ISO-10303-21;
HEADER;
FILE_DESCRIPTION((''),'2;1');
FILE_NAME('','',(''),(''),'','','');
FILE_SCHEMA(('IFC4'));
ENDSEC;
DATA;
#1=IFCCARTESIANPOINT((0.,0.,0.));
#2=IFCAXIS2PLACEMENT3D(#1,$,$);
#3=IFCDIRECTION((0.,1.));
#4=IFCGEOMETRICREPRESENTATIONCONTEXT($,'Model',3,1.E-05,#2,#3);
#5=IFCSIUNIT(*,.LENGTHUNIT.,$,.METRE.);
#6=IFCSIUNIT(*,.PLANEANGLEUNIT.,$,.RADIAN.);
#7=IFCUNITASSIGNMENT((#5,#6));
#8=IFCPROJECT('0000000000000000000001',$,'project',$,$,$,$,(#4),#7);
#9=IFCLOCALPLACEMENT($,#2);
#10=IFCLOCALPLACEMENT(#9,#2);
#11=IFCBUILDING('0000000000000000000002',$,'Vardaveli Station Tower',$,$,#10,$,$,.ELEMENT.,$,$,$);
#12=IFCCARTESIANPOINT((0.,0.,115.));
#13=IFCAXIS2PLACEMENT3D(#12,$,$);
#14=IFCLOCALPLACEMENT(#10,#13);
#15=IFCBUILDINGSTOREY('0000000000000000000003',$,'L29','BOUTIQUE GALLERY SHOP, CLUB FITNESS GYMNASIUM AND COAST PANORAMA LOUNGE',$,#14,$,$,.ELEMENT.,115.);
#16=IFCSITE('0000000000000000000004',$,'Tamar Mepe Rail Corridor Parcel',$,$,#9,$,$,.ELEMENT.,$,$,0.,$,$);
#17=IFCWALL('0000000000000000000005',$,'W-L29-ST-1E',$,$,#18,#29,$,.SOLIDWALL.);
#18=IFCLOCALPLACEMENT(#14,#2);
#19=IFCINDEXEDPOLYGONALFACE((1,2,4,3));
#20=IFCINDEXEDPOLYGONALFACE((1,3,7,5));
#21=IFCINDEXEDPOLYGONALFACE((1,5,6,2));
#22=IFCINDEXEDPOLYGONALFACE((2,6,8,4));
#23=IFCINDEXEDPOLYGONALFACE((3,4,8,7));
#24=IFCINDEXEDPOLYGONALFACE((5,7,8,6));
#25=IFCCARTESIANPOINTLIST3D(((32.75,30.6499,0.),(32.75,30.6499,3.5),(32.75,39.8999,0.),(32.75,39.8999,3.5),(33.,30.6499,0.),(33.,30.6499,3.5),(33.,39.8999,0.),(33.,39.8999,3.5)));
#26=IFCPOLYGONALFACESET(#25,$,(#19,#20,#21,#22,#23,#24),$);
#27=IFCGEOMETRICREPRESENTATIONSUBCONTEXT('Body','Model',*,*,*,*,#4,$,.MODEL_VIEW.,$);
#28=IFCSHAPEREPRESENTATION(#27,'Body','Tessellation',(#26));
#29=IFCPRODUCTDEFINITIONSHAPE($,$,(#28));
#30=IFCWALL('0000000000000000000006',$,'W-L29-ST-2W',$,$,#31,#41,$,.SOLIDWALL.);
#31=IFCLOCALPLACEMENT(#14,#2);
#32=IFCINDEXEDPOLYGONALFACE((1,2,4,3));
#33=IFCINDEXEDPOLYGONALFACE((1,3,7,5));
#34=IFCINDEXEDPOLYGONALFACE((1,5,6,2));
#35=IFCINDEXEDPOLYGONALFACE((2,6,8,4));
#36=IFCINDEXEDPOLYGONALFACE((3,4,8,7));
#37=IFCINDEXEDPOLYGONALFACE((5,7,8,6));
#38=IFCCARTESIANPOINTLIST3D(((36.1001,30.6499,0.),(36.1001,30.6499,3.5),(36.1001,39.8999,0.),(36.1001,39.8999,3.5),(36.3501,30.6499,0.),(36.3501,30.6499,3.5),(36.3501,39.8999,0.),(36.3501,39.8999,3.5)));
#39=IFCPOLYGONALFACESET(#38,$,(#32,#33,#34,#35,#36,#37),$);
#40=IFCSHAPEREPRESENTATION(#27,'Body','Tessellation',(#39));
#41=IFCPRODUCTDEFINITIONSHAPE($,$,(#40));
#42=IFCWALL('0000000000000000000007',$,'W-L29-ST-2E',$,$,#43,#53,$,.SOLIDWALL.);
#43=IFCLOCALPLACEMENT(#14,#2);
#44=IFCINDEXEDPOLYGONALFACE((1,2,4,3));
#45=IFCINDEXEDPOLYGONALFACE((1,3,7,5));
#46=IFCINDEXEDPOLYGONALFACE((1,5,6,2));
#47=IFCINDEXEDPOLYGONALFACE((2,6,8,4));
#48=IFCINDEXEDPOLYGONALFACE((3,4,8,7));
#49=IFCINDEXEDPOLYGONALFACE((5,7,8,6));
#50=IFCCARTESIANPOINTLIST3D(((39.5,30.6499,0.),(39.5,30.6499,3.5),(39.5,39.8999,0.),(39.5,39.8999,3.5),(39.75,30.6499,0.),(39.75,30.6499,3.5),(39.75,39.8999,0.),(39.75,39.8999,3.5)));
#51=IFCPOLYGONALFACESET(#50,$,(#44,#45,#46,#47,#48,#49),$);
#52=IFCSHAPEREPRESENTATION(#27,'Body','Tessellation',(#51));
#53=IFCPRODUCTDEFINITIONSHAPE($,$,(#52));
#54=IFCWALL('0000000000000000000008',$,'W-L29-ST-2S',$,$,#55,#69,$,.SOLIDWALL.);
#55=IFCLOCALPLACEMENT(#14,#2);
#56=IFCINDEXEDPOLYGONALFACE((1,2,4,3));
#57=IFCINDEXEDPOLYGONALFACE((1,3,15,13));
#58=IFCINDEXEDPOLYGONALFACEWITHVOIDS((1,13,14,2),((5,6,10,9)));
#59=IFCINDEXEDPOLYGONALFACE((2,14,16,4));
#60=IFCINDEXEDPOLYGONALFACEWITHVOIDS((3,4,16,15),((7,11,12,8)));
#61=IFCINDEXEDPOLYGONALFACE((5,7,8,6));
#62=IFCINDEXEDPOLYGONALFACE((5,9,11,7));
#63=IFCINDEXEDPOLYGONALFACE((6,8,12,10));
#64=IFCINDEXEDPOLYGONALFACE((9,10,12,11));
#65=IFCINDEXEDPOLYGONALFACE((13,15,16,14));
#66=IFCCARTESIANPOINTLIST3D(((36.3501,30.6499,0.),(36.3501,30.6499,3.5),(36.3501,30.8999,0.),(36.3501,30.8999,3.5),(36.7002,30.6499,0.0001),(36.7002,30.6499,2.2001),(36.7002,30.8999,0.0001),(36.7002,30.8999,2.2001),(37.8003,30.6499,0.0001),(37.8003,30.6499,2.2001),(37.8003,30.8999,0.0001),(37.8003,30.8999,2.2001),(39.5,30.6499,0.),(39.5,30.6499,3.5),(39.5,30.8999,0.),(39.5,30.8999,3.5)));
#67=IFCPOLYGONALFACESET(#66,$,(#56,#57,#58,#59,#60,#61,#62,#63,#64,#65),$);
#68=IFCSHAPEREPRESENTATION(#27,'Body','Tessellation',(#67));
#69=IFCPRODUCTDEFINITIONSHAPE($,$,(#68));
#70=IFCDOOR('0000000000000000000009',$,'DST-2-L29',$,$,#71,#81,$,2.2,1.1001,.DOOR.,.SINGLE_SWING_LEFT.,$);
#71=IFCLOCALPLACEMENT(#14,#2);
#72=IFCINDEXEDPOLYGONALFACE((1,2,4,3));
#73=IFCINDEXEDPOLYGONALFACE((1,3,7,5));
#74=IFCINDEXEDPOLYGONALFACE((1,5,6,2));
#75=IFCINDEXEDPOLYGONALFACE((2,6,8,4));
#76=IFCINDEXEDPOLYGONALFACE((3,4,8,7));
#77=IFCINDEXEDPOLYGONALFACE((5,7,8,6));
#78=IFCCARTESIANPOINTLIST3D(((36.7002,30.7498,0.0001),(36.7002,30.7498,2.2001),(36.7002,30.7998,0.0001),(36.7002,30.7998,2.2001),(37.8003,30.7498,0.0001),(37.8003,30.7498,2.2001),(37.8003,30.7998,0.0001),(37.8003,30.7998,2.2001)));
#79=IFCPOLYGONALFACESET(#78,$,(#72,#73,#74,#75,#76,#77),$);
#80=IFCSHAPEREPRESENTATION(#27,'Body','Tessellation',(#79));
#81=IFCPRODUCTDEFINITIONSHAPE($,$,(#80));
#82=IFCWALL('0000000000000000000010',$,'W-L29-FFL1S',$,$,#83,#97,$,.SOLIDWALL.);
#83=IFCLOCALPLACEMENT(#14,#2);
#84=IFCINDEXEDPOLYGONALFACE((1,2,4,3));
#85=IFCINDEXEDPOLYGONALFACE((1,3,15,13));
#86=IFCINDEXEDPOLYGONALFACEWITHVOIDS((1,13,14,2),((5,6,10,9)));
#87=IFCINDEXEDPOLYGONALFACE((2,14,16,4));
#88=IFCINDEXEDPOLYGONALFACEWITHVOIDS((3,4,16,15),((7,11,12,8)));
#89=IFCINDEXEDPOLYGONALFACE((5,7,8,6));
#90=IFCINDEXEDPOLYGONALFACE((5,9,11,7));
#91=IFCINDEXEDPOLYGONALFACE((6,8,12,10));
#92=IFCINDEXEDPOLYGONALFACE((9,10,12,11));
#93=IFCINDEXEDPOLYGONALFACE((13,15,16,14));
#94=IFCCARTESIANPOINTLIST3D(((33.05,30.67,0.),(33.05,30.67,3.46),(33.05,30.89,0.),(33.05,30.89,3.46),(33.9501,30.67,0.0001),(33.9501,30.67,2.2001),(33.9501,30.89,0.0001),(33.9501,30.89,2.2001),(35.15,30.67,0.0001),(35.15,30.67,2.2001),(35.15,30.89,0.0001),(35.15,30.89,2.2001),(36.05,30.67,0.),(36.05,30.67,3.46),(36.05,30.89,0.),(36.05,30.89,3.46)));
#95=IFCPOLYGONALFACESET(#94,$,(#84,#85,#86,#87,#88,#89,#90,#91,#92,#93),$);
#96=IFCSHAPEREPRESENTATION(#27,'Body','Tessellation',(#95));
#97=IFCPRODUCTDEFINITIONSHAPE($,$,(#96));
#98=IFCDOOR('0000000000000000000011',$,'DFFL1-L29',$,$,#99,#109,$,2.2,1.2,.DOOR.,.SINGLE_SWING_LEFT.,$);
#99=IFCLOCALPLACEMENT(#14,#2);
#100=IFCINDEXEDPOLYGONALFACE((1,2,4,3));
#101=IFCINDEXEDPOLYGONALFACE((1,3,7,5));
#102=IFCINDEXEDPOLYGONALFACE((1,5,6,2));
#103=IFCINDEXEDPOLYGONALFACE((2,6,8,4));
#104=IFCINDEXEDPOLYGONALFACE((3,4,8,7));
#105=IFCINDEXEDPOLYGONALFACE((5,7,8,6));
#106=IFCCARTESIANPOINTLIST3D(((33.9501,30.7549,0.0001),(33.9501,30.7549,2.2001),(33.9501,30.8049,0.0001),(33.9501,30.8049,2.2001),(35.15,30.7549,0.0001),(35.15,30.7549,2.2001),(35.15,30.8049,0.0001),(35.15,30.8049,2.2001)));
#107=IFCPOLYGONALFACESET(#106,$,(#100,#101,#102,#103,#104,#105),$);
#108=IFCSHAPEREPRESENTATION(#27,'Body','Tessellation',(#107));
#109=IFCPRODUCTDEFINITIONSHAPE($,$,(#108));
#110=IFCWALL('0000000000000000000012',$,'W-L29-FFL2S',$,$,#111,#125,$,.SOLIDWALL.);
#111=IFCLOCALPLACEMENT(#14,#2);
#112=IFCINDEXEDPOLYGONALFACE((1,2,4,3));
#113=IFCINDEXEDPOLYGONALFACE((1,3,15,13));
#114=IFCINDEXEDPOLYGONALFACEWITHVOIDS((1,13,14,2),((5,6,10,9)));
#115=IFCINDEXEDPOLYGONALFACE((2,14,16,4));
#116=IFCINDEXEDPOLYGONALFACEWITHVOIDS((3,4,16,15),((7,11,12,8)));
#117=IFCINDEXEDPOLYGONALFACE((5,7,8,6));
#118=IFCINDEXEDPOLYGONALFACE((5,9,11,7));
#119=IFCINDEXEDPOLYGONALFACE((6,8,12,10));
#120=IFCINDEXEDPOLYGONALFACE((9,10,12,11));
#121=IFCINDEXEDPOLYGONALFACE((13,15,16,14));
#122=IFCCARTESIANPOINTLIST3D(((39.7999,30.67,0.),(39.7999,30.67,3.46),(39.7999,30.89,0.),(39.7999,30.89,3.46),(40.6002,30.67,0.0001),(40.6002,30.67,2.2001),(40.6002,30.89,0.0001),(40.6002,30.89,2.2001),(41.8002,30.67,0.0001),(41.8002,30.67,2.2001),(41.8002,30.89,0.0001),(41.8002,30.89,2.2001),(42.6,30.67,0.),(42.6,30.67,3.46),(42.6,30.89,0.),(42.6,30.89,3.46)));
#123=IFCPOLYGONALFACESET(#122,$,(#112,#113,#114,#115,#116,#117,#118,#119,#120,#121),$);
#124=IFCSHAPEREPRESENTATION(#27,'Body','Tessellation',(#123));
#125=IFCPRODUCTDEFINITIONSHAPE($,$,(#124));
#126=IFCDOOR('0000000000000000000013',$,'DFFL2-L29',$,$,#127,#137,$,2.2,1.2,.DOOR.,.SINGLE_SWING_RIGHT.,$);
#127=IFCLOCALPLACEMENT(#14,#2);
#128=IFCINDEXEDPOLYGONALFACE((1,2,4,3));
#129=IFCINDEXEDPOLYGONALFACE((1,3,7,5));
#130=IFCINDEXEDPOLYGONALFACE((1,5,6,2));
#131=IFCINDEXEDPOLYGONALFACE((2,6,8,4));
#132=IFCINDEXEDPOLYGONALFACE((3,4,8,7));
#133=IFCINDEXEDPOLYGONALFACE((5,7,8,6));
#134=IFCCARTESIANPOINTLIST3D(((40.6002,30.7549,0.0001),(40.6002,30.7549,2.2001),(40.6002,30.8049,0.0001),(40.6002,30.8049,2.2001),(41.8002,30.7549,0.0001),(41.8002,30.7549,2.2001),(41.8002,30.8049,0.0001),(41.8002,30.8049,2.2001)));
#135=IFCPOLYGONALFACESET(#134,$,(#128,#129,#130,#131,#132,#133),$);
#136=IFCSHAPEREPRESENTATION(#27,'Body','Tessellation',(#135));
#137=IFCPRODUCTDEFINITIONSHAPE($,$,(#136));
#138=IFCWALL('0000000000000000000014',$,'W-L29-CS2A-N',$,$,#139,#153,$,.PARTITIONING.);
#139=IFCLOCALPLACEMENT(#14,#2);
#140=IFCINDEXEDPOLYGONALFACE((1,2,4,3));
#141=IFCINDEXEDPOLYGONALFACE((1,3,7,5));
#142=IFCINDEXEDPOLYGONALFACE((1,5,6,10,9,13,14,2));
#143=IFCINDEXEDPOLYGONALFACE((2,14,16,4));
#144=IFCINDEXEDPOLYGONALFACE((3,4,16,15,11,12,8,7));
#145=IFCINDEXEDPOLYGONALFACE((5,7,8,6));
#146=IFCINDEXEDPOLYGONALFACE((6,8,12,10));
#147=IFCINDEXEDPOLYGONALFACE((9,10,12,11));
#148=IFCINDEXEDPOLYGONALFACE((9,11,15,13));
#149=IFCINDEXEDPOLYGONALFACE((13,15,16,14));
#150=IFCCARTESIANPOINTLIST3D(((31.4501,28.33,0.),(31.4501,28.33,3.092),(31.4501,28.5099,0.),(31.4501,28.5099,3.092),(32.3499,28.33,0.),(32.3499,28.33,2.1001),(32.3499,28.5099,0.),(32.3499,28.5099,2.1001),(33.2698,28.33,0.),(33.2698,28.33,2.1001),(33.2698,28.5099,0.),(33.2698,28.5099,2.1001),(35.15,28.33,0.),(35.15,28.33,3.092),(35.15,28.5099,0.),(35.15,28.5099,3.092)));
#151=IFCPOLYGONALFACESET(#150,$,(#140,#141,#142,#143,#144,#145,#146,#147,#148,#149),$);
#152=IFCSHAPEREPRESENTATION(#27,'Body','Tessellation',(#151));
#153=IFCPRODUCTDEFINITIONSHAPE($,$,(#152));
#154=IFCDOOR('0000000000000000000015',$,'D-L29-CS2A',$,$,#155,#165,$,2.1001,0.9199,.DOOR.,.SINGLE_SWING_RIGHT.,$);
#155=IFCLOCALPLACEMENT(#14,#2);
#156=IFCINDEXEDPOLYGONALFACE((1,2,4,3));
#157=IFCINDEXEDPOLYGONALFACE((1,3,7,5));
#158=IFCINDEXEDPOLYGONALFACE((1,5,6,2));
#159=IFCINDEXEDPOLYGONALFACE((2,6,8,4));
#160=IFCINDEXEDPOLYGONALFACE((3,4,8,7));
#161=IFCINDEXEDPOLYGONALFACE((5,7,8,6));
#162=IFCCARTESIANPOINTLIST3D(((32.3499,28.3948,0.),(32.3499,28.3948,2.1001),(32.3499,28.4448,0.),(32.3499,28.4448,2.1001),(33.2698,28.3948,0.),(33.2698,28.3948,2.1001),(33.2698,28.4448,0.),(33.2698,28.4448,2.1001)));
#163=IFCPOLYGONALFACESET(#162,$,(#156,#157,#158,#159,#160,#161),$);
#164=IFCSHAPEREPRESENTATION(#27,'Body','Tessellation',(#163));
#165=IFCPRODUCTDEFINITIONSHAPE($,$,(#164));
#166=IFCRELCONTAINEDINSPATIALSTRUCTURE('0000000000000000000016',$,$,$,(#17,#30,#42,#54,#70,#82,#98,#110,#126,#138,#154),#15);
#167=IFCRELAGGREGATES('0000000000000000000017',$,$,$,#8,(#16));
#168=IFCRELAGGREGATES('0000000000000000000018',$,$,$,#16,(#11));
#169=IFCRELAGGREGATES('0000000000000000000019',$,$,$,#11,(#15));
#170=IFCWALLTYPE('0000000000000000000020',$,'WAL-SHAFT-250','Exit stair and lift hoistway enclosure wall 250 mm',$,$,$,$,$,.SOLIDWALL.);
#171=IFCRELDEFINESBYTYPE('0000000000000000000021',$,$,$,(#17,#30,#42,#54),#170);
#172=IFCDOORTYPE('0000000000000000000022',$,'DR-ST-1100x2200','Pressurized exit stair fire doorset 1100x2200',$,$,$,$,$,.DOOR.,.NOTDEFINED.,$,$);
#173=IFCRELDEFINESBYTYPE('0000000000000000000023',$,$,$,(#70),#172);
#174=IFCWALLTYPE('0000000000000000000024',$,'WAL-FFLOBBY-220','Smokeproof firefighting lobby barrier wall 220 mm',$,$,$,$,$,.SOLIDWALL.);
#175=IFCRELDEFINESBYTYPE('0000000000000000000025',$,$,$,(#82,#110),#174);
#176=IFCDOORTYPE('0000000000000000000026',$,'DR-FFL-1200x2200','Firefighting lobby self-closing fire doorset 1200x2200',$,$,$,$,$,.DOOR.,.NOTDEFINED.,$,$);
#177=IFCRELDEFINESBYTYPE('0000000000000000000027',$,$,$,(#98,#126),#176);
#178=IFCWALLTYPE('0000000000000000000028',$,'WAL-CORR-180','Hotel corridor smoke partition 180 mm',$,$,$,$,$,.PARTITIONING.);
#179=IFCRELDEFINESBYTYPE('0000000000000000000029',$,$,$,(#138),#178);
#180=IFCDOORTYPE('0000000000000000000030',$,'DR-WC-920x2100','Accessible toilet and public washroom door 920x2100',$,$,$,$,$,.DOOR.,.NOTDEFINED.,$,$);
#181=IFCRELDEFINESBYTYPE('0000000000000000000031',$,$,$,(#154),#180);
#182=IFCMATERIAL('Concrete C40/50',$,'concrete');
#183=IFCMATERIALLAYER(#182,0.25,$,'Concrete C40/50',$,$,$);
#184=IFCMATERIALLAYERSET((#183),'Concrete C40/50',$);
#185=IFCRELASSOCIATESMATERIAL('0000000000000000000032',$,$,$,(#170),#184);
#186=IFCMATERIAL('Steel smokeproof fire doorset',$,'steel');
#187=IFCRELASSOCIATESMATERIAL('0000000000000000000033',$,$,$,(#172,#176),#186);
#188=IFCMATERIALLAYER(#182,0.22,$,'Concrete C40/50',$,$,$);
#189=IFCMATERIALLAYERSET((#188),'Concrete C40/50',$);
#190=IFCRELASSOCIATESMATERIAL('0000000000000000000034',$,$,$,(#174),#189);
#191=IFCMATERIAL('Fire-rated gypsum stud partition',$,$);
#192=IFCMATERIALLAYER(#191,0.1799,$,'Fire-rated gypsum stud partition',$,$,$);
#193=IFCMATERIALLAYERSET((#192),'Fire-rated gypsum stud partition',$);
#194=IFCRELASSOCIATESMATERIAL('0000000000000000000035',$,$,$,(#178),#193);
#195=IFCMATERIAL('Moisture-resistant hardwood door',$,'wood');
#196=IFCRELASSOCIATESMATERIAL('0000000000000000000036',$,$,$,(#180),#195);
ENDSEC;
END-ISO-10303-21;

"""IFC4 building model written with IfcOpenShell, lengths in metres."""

from ifc_helpers import new_model, si_unit, direction, frame, frame_2d, origin, place, context, subcontext, project, spatial, rectangle, extrude, source, transform, mapped, material, layer, layer_set, type_object, element, fill, save


model = new_model("IFC4")

# Units and contexts
model_context = context("Model", 3, precision=1e-05, world=origin(), true_north=direction((0.0, 1.0)))
body_context = subcontext(model_context, "Body", "Model", "MODEL_VIEW")
ifc_project = project(units=[si_unit("LENGTHUNIT", "METRE"), si_unit("PLANEANGLEUNIT", "RADIAN")], contexts=[model_context])

# Site, building, storey
site_placement = place(None, origin())
site = spatial("IfcSite", under=ifc_project, at=site_placement, Name="Tamar Mepe Rail Corridor Parcel", CompositionType="ELEMENT", RefElevation=0.0)
building_placement = place(site_placement, origin())
building = spatial("IfcBuilding", under=site, at=building_placement, Name="Vardaveli Station Tower", CompositionType="ELEMENT")
storey_placement = place(building_placement, frame((0.0, 0.0, 115.0)))
storey = spatial("IfcBuildingStorey", under=building, at=storey_placement, Name="L29", Description="BOUTIQUE GALLERY SHOP, CLUB FITNESS GYMNASIUM AND COAST PANORAMA LOUNGE", CompositionType="ELEMENT", Elevation=115.0)

# Walls
ifc_material_1 = material(Name="Concrete C40/50", Category="concrete")
ifc_layer_1 = layer(ifc_material_1, 0.25, Name="Concrete C40/50")
ifc_layer_set_1 = layer_set([ifc_layer_1], Name="Concrete C40/50")
wall_type_1 = type_object("IfcWallType", Name="WAL-SHAFT-250", Description="Exit stair and lift hoistway enclosure wall 250 mm", PredefinedType="SOLIDWALL", material=ifc_layer_set_1)
shared_shape_1 = source(origin(), body_context, "Body", "SweptSolid", [
    extrude(rectangle(XDim=9.25, YDim=0.25, at=frame_2d((4.625, 0.0))), origin(), (0.0, 0.0, 1.0), 3.5),
])
for number, where, z_axis, x_axis, name in (
    (1, (32.875, 30.6499, 0.0), (0.0, 0.0, 1.0), (0.0, 1.0, 0.0), "W-L29-ST-1E"),
    (2, (36.2251, 30.6499, 0.0), (0.0, 0.0, 1.0), (0.0, 1.0, 0.0), "W-L29-ST-2W"),
    (3, (39.625, 30.6499, 0.0), (0.0, 0.0, 1.0), (0.0, 1.0, 0.0), "W-L29-ST-2E"),
):
    element("IfcWall", number, at=place(storey_placement, frame(where, z_axis=z_axis, x_axis=x_axis)), inside=storey, type_object=wall_type_1, Name=name, PredefinedType="SOLIDWALL", context=body_context, shape_type="MappedRepresentation", body=[
        mapped(shared_shape_1, transform((0.0, 0.0, 0.0), scale=1.0)),
    ])

# Walls, openings, doors
shared_shape_2 = source(origin(), body_context, "Body", "SweptSolid", [
    extrude(rectangle(XDim=3.1499, YDim=0.25, at=frame_2d((1.575, 0.0))), origin(), (0.0, 0.0, 1.0), 3.5),
])
wall_1_placement = place(storey_placement, frame((36.3501, 30.7749, 0.0), z_axis=(0.0, 0.0, 1.0), x_axis=(1.0, 0.0, 0.0)))
wall_1 = element("IfcWall", 4, at=wall_1_placement, inside=storey, type_object=wall_type_1, Name="W-L29-ST-2S", PredefinedType="SOLIDWALL", context=body_context, shape_type="MappedRepresentation", body=[
    mapped(shared_shape_2, transform((0.0, 0.0, 0.0), scale=1.0)),
])
shared_shape_3 = source(origin(), body_context, "Body", "SweptSolid", [
    extrude(rectangle(XDim=1.1001, YDim=2.2, at=frame_2d((0.55, 1.1001))), frame((0.0, 0.135, 0.0), z_axis=(0.0, -1.0, 0.0), x_axis=(1.0, 0.0, 0.0)), (0.0, 0.0, 1.0), 0.27),
])
opening_1_placement = place(wall_1_placement, frame((0.3501, 0.0, 0.0)))
opening_1 = element("IfcOpeningElement", 5, at=opening_1_placement, cuts=wall_1, PredefinedType="OPENING", context=body_context, shape_type="MappedRepresentation", body=[
    mapped(shared_shape_3, transform((0.0, 0.0, 0.0), scale=1.0)),
])
ifc_material_2 = material(Name="Steel smokeproof fire doorset", Category="steel")
door_type_1 = type_object("IfcDoorType", Name="DR-ST-1100x2200", Description="Pressurized exit stair fire doorset 1100x2200", OperationType="NOTDEFINED", PredefinedType="DOOR", material=ifc_material_2)
shared_shape_4 = source(origin(), body_context, "Body", "SweptSolid", [
    extrude(rectangle(XDim=1.1001, YDim=2.2, at=frame_2d((0.55, 1.1001))), frame((0.0, 0.0249, 0.0), z_axis=(0.0, -1.0, 0.0), x_axis=(1.0, 0.0, 0.0)), (0.0, 0.0, 1.0), 0.05),
])
door_1_placement = place(opening_1_placement, origin())
door_1 = element("IfcDoor", 6, at=door_1_placement, inside=storey, type_object=door_type_1, Name="DST-2-L29", OperationType="SINGLE_SWING_LEFT", OverallHeight=2.2, OverallWidth=1.1001, PredefinedType="DOOR", context=body_context, shape_type="MappedRepresentation", body=[
    mapped(shared_shape_4, transform((0.0, 0.0, 0.0), scale=1.0)),
])
fill(opening_1, door_1)
ifc_layer_2 = layer(ifc_material_1, 0.22, Name="Concrete C40/50")
ifc_layer_set_2 = layer_set([ifc_layer_2], Name="Concrete C40/50")
wall_type_2 = type_object("IfcWallType", Name="WAL-FFLOBBY-220", Description="Smokeproof firefighting lobby barrier wall 220 mm", PredefinedType="SOLIDWALL", material=ifc_layer_set_2)
shared_shape_5 = source(origin(), body_context, "Body", "SweptSolid", [
    extrude(rectangle(XDim=3.0, YDim=0.22, at=frame_2d((1.5, 0.0))), origin(), (0.0, 0.0, 1.0), 3.46),
])
wall_2_placement = place(storey_placement, frame((33.05, 30.78, 0.0), z_axis=(0.0, 0.0, 1.0), x_axis=(1.0, 0.0, 0.0)))
wall_2 = element("IfcWall", 7, at=wall_2_placement, inside=storey, type_object=wall_type_2, Name="W-L29-FFL1S", PredefinedType="SOLIDWALL", context=body_context, shape_type="MappedRepresentation", body=[
    mapped(shared_shape_5, transform((0.0, 0.0, 0.0), scale=1.0)),
])
shared_shape_6 = source(origin(), body_context, "Body", "SweptSolid", [
    extrude(rectangle(XDim=1.2, YDim=2.2, at=frame_2d((0.6001, 1.1001))), frame((0.0, 0.1201, 0.0), z_axis=(0.0, -1.0, 0.0), x_axis=(1.0, 0.0, 0.0)), (0.0, 0.0, 1.0), 0.24),
])
opening_2_placement = place(wall_2_placement, frame((0.8999, 0.0, 0.0)))
opening_2 = element("IfcOpeningElement", 8, at=opening_2_placement, cuts=wall_2, PredefinedType="OPENING", context=body_context, shape_type="MappedRepresentation", body=[
    mapped(shared_shape_6, transform((0.0, 0.0, 0.0), scale=1.0)),
])
door_type_2 = type_object("IfcDoorType", Name="DR-FFL-1200x2200", Description="Firefighting lobby self-closing fire doorset 1200x2200", OperationType="NOTDEFINED", PredefinedType="DOOR", material=ifc_material_2)
shared_shape_7 = source(origin(), body_context, "Body", "SweptSolid", [
    extrude(rectangle(XDim=1.2, YDim=2.2, at=frame_2d((0.6001, 1.1001))), frame((0.0, 0.0249, 0.0), z_axis=(0.0, -1.0, 0.0), x_axis=(1.0, 0.0, 0.0)), (0.0, 0.0, 1.0), 0.05),
])
door_2_placement = place(opening_2_placement, origin())
door_2 = element("IfcDoor", 9, at=door_2_placement, inside=storey, type_object=door_type_2, Name="DFFL1-L29", OperationType="SINGLE_SWING_LEFT", OverallHeight=2.2, OverallWidth=1.2, PredefinedType="DOOR", context=body_context, shape_type="MappedRepresentation", body=[
    mapped(shared_shape_7, transform((0.0, 0.0, 0.0), scale=1.0)),
])
fill(opening_2, door_2)
shared_shape_8 = source(origin(), body_context, "Body", "SweptSolid", [
    extrude(rectangle(XDim=2.8, YDim=0.22, at=frame_2d((1.3999, 0.0))), origin(), (0.0, 0.0, 1.0), 3.46),
])
wall_3_placement = place(storey_placement, frame((39.8, 30.78, 0.0), z_axis=(0.0, 0.0, 1.0), x_axis=(1.0, 0.0, 0.0)))
wall_3 = element("IfcWall", 10, at=wall_3_placement, inside=storey, type_object=wall_type_2, Name="W-L29-FFL2S", PredefinedType="SOLIDWALL", context=body_context, shape_type="MappedRepresentation", body=[
    mapped(shared_shape_8, transform((0.0, 0.0, 0.0), scale=1.0)),
])
opening_3_placement = place(wall_3_placement, frame((0.8, 0.0, 0.0)))
opening_3 = element("IfcOpeningElement", 11, at=opening_3_placement, cuts=wall_3, PredefinedType="OPENING", context=body_context, shape_type="MappedRepresentation", body=[
    mapped(shared_shape_6, transform((0.0, 0.0, 0.0), scale=1.0)),
])
door_3_placement = place(opening_3_placement, origin())
door_3 = element("IfcDoor", 12, at=door_3_placement, inside=storey, type_object=door_type_2, Name="DFFL2-L29", OperationType="SINGLE_SWING_RIGHT", OverallHeight=2.2, OverallWidth=1.2, PredefinedType="DOOR", context=body_context, shape_type="MappedRepresentation", body=[
    mapped(shared_shape_7, transform((0.0, 0.0, 0.0), scale=1.0)),
])
fill(opening_3, door_3)
ifc_material_3 = material(Name="Fire-rated gypsum stud partition")
ifc_layer_3 = layer(ifc_material_3, 0.1799, Name="Fire-rated gypsum stud partition")
ifc_layer_set_3 = layer_set([ifc_layer_3], Name="Fire-rated gypsum stud partition")
wall_type_3 = type_object("IfcWallType", Name="WAL-CORR-180", Description="Hotel corridor smoke partition 180 mm", PredefinedType="PARTITIONING", material=ifc_layer_set_3)
shared_shape_9 = source(origin(), body_context, "Body", "SweptSolid", [
    extrude(rectangle(XDim=3.7, YDim=0.1799, at=frame_2d((1.8501, 0.0))), origin(), (0.0, 0.0, 1.0), 3.092),
])
wall_4_placement = place(storey_placement, frame((31.45, 28.4199, 0.0), z_axis=(0.0, 0.0, 1.0), x_axis=(1.0, 0.0, 0.0)))
wall_4 = element("IfcWall", 13, at=wall_4_placement, inside=storey, type_object=wall_type_3, Name="W-L29-CS2A-N", PredefinedType="PARTITIONING", context=body_context, shape_type="MappedRepresentation", body=[
    mapped(shared_shape_9, transform((0.0, 0.0, 0.0), scale=1.0)),
])
shared_shape_10 = source(origin(), body_context, "Body", "SweptSolid", [
    extrude(rectangle(XDim=0.9199, YDim=2.1001, at=frame_2d((0.46, 1.05))), frame((0.0, 0.1001, 0.0), z_axis=(0.0, -1.0, 0.0), x_axis=(1.0, 0.0, 0.0)), (0.0, 0.0, 1.0), 0.2),
])
opening_4_placement = place(wall_4_placement, frame((0.8999, 0.0, 0.0)))
opening_4 = element("IfcOpeningElement", 14, at=opening_4_placement, cuts=wall_4, PredefinedType="OPENING", context=body_context, shape_type="MappedRepresentation", body=[
    mapped(shared_shape_10, transform((0.0, 0.0, 0.0), scale=1.0)),
])
ifc_material_4 = material(Name="Moisture-resistant hardwood door", Category="wood")
door_type_3 = type_object("IfcDoorType", Name="DR-WC-920x2100", Description="Accessible toilet and public washroom door 920x2100", OperationType="NOTDEFINED", PredefinedType="DOOR", material=ifc_material_4)
shared_shape_11 = source(origin(), body_context, "Body", "SweptSolid", [
    extrude(rectangle(XDim=0.9199, YDim=2.1001, at=frame_2d((0.46, 1.05))), frame((0.0, 0.0249, 0.0), z_axis=(0.0, -1.0, 0.0), x_axis=(1.0, 0.0, 0.0)), (0.0, 0.0, 1.0), 0.05),
])
door_4_placement = place(opening_4_placement, origin())
door_4 = element("IfcDoor", 15, at=door_4_placement, inside=storey, type_object=door_type_3, Name="D-L29-CS2A", OperationType="SINGLE_SWING_RIGHT", OverallHeight=2.1001, OverallWidth=0.9199, PredefinedType="DOOR", context=body_context, shape_type="MappedRepresentation", body=[
    mapped(shared_shape_11, transform((0.0, 0.0, 0.0), scale=1.0)),
])
fill(opening_4, door_4)

save(model, "model.ifc")
